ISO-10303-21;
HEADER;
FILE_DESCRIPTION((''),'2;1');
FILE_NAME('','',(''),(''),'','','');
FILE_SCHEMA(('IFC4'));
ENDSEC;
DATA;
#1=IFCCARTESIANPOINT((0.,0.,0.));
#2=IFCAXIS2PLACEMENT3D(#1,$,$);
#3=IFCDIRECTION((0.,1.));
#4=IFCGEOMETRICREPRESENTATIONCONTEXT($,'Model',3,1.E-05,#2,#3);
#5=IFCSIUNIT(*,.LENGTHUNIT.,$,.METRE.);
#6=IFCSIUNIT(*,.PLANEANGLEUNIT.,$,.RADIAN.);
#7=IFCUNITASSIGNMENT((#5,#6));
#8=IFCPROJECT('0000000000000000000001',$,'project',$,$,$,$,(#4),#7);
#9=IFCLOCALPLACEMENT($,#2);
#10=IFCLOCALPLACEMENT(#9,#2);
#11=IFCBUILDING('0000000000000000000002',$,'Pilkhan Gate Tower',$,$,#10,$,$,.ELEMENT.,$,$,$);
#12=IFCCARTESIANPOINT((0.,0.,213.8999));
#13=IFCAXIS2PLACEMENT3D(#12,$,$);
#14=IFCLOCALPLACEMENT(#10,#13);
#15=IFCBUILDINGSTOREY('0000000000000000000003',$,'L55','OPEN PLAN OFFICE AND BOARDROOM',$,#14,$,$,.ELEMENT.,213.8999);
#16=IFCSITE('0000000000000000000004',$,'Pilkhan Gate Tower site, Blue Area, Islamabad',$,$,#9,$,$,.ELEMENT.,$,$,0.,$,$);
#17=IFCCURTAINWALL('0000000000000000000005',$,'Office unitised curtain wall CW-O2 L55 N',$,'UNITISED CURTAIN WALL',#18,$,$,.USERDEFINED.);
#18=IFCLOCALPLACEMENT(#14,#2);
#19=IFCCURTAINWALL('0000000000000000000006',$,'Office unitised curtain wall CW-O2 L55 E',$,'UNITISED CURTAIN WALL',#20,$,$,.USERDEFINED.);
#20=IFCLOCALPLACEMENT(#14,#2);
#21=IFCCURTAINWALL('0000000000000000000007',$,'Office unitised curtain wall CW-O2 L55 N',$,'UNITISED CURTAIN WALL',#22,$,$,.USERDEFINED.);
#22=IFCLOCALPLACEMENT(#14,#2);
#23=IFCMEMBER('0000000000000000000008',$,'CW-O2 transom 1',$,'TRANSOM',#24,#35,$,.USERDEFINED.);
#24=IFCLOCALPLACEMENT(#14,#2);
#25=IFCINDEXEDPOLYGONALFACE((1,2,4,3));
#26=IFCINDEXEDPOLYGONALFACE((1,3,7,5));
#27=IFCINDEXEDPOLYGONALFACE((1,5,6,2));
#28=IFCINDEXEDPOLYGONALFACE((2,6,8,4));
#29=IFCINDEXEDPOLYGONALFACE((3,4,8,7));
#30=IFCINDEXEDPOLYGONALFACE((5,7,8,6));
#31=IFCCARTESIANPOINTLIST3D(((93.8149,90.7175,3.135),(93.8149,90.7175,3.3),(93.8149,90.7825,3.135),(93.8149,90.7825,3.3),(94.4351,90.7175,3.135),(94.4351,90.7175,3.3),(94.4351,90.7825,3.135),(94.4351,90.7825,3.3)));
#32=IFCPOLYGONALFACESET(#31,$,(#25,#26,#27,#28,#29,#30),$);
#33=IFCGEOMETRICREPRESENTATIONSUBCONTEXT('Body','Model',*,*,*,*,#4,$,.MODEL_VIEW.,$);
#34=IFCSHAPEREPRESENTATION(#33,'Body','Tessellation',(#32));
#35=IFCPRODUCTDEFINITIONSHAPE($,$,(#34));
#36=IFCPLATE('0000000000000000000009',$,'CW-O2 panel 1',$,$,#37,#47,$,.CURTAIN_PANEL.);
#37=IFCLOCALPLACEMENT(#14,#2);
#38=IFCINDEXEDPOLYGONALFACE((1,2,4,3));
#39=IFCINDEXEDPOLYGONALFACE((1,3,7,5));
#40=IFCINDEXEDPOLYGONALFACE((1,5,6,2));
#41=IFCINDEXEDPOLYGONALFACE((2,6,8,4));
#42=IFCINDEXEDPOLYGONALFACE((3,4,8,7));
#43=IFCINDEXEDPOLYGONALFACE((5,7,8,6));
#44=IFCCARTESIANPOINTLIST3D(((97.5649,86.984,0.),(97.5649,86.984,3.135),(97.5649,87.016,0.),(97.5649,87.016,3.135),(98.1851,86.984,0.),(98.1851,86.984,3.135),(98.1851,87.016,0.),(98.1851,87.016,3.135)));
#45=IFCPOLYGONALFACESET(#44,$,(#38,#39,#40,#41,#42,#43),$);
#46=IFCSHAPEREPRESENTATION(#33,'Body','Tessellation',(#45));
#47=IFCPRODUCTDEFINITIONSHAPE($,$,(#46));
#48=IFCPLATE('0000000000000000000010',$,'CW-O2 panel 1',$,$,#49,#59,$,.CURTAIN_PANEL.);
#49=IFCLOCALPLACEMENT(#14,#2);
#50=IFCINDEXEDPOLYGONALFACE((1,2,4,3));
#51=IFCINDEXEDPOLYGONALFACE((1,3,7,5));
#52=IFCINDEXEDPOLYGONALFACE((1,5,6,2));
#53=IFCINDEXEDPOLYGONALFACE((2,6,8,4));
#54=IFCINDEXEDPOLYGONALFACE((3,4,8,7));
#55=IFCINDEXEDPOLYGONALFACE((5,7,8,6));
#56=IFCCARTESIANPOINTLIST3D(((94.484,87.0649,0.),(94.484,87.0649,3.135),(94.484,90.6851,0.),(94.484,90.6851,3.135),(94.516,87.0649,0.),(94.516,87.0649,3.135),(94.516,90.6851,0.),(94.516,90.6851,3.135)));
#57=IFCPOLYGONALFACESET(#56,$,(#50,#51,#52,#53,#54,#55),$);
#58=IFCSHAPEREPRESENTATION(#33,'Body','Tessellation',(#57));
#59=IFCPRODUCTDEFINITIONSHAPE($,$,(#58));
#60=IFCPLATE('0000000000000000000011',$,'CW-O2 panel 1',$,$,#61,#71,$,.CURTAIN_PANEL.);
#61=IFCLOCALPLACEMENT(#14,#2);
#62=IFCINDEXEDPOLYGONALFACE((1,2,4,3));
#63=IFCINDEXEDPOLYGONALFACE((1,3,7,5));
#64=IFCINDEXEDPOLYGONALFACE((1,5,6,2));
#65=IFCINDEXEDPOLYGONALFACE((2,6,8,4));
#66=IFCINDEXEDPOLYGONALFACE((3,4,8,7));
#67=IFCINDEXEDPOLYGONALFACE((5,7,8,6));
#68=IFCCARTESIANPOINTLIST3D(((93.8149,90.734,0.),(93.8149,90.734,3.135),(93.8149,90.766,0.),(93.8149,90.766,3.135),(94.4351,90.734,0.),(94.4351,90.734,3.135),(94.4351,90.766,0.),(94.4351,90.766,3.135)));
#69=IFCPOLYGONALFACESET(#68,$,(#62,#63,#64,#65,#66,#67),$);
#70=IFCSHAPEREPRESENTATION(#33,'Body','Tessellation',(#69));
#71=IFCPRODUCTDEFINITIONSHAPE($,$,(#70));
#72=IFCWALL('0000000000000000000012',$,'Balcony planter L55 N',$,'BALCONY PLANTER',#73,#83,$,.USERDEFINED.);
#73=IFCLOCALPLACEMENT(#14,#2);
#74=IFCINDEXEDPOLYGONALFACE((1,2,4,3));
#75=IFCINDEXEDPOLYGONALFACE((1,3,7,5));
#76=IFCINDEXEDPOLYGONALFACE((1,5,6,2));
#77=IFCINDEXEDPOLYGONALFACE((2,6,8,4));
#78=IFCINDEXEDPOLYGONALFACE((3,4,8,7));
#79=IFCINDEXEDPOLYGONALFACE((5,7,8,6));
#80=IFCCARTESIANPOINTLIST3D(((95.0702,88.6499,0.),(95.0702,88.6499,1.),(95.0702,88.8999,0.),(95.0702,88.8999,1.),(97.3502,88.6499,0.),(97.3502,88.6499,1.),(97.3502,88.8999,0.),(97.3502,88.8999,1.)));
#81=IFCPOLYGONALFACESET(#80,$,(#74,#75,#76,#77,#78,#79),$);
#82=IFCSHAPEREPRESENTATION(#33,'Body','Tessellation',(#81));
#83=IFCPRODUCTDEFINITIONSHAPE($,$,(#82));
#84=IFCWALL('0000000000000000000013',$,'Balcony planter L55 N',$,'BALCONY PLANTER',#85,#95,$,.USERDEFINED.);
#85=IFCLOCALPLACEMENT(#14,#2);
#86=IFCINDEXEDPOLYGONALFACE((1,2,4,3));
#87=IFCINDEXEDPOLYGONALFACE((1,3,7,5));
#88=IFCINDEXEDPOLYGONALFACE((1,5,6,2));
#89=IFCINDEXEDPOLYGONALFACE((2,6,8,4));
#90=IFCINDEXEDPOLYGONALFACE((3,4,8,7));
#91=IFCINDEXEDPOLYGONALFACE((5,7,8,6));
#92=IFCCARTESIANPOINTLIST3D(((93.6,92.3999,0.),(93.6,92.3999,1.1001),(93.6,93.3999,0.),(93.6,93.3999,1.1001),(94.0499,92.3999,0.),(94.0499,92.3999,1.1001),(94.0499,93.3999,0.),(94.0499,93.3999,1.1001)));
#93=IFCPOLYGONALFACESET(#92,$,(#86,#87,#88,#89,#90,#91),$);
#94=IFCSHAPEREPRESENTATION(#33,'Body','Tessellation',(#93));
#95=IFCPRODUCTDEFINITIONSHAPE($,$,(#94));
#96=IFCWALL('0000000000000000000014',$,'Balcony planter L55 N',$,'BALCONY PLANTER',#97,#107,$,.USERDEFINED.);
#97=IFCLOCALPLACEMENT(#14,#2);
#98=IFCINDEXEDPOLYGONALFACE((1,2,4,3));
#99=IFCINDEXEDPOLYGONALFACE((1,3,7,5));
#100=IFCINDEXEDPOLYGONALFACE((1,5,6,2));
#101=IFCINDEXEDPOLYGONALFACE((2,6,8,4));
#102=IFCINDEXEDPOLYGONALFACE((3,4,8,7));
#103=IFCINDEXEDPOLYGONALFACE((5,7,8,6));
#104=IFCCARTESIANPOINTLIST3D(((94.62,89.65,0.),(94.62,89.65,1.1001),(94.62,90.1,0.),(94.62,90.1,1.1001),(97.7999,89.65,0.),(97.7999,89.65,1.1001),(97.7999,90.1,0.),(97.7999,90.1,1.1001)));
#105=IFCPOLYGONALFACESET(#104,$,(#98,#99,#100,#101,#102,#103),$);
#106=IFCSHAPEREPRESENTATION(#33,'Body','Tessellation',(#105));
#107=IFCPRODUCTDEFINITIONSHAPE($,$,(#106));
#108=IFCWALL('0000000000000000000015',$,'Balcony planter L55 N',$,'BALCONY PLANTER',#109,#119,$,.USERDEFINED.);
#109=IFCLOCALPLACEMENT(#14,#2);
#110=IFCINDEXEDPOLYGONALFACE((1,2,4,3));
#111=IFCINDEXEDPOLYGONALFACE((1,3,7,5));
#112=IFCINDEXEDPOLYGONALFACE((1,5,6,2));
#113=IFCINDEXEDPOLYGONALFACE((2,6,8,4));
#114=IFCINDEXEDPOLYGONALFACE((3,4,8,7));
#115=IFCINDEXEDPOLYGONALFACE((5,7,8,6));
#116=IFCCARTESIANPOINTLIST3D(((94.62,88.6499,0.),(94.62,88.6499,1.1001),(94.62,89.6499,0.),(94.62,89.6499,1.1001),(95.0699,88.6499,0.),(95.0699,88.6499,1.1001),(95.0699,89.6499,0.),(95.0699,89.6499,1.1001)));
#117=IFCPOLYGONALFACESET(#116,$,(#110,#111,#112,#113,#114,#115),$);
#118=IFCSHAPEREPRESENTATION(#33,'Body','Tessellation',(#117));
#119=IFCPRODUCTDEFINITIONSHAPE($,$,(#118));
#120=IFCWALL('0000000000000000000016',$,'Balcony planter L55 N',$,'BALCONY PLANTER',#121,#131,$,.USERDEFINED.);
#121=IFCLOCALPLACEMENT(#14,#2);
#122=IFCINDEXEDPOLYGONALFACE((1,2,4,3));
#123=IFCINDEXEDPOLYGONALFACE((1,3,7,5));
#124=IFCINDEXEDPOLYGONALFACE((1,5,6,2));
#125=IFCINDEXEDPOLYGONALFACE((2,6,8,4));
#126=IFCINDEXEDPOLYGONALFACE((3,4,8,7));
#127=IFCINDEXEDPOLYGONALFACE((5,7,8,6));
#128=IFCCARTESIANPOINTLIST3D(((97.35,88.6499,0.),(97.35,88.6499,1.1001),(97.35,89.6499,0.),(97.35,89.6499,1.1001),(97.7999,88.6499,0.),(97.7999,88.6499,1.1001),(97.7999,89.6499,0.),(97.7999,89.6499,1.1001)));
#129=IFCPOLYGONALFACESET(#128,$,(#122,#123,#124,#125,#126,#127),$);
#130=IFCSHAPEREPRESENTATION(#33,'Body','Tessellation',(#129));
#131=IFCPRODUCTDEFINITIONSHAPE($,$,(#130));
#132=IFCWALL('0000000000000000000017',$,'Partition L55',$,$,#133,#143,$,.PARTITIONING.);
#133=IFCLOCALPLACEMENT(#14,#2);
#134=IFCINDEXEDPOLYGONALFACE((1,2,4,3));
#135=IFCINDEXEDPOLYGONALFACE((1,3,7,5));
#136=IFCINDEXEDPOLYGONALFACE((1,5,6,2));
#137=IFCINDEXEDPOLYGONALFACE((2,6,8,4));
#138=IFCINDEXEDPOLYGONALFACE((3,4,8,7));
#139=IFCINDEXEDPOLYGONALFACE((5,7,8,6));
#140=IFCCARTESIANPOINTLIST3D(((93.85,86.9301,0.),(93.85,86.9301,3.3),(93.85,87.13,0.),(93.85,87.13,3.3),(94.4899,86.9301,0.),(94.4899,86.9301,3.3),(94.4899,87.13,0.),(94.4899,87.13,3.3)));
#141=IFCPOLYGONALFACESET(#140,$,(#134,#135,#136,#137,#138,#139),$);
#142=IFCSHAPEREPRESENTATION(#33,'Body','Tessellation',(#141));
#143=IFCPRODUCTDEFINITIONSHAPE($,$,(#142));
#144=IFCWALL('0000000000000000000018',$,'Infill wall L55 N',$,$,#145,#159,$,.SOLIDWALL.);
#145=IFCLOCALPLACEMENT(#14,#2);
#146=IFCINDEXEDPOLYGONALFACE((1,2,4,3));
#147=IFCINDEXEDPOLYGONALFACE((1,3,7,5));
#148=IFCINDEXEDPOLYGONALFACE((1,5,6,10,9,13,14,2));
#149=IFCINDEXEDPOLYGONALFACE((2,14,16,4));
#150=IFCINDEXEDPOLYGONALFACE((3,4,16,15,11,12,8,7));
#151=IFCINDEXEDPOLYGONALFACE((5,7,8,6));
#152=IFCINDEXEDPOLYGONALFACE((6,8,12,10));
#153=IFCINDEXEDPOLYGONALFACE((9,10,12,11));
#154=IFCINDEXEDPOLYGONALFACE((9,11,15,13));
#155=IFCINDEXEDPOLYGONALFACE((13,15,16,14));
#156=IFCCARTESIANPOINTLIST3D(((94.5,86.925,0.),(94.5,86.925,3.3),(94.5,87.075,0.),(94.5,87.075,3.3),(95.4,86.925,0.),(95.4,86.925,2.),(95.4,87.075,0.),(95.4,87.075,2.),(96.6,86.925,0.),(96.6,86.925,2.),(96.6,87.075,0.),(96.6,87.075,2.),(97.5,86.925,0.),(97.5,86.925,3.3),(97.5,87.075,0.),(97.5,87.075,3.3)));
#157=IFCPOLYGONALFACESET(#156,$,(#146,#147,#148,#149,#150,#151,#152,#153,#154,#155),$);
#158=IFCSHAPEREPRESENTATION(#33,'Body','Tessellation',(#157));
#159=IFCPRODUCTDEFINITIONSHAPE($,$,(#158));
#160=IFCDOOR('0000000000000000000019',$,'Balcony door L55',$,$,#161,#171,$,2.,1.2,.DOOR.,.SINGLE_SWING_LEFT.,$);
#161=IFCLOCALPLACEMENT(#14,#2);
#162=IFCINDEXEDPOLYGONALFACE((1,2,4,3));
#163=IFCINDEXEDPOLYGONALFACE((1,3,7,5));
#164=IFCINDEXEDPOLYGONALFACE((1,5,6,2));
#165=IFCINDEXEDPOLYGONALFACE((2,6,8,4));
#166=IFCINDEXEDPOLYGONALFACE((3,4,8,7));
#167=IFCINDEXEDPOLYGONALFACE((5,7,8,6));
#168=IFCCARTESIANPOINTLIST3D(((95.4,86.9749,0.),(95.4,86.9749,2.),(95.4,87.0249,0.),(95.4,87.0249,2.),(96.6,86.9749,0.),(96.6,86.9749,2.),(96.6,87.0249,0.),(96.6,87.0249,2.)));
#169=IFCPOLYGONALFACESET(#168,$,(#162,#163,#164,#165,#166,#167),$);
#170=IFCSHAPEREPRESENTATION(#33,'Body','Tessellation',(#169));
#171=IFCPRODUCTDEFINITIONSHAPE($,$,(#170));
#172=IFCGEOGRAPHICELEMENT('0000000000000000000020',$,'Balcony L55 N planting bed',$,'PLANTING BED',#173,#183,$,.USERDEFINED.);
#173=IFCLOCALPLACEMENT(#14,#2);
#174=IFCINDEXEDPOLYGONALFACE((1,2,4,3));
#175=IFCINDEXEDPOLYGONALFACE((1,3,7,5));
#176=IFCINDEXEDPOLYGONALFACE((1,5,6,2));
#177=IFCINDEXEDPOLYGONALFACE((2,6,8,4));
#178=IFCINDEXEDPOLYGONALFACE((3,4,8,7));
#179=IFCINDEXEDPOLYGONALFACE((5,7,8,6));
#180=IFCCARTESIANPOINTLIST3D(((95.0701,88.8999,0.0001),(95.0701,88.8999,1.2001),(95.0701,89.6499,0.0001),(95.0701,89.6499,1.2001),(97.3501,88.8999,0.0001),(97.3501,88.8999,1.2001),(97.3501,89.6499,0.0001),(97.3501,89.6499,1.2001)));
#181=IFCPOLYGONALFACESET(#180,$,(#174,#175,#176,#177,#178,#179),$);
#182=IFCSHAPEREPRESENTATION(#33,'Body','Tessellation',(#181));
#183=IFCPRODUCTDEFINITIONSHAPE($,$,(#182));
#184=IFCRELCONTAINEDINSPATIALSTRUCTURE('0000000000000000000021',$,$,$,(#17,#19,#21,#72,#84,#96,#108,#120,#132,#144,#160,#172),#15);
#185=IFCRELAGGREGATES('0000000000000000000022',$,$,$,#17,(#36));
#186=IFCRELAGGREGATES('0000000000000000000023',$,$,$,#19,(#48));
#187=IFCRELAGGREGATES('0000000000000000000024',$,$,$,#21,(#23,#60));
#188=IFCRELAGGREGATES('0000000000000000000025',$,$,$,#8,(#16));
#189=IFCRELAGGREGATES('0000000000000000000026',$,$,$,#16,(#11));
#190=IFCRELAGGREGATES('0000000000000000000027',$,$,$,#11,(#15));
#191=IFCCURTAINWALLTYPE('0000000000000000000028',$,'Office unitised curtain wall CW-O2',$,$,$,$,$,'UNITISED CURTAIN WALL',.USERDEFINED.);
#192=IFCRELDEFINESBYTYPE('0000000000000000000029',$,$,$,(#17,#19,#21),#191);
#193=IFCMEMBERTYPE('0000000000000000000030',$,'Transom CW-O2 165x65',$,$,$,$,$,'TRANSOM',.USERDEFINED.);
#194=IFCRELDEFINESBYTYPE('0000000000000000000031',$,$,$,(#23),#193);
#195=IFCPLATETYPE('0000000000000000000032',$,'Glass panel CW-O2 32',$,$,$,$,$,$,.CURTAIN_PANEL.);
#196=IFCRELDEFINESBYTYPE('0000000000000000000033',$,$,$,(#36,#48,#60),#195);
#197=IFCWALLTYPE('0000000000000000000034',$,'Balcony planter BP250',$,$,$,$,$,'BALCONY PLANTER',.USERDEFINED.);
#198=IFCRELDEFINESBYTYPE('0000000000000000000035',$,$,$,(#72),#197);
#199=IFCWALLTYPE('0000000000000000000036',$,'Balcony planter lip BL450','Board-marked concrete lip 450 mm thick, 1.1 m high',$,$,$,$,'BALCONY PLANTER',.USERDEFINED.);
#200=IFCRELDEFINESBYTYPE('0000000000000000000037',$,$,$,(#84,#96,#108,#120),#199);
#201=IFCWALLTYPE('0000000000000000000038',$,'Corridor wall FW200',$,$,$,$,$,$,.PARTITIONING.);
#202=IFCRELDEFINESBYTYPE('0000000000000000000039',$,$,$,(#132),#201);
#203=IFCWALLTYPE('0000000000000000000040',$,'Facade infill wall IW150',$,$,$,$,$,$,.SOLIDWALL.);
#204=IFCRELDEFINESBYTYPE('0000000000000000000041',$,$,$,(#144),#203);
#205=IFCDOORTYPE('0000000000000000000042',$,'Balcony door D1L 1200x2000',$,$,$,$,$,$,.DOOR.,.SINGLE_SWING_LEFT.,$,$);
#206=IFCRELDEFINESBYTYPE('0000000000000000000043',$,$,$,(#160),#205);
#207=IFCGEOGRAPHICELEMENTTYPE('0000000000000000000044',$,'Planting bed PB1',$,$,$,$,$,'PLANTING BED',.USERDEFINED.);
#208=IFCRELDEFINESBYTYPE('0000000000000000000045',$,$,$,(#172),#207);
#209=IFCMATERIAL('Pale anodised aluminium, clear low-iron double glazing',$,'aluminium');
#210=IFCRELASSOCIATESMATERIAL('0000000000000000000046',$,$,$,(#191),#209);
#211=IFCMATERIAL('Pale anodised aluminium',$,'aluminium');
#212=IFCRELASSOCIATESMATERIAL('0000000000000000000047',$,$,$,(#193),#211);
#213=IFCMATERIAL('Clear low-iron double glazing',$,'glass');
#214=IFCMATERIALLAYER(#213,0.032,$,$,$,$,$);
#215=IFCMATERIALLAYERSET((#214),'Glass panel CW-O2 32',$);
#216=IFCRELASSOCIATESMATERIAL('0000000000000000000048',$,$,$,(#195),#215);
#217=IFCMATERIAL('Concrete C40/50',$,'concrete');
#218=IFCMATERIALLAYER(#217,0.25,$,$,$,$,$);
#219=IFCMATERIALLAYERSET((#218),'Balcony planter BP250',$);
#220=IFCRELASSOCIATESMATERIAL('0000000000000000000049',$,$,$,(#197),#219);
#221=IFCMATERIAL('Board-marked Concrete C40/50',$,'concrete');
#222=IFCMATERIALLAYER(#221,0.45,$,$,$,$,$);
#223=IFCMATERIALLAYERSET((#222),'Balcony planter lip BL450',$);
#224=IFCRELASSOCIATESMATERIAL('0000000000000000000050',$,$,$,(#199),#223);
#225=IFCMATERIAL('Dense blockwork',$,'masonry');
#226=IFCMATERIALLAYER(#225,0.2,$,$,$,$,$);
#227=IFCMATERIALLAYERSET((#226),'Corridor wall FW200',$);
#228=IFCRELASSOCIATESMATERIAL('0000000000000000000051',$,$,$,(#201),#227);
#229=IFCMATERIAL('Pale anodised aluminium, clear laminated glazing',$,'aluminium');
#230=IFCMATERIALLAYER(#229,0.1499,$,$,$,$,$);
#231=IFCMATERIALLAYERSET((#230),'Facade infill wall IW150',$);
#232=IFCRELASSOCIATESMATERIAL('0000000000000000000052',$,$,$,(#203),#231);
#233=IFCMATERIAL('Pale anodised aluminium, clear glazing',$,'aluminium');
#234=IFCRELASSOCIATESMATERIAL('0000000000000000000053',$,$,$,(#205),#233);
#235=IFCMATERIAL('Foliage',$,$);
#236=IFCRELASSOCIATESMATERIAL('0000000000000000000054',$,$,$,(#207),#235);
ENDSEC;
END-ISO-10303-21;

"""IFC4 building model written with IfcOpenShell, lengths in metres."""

from ifc_helpers import new_model, si_unit, direction, frame, frame_2d, origin, origin_2d, place, context, subcontext, project, spatial, rectangle, extrude, material, layer, layer_set, material_profile, profile_set, type_object, element, fill, aggregate, save


model = new_model("IFC4")

# Units and contexts
model_context = context("Model", 3, precision=1e-05, world=origin(), true_north=direction((0.0, 1.0)))
body_context = subcontext(model_context, "Body", "Model", "MODEL_VIEW")
ifc_project = project(units=[si_unit("LENGTHUNIT", "METRE"), si_unit("PLANEANGLEUNIT", "RADIAN")], contexts=[model_context])

# Site, building, storey
site_placement = place(None, origin())
site = spatial("IfcSite", under=ifc_project, at=site_placement, Name="Pilkhan Gate Tower site, Blue Area, Islamabad", CompositionType="ELEMENT", RefElevation=0.0)
building_placement = place(site_placement, origin())
building = spatial("IfcBuilding", under=site, at=building_placement, Name="Pilkhan Gate Tower", CompositionType="ELEMENT")
storey_placement = place(building_placement, frame((0.0, 0.0, 213.8999)))
storey = spatial("IfcBuildingStorey", under=building, at=storey_placement, Name="L55", Description="OPEN PLAN OFFICE AND BOARDROOM", CompositionType="ELEMENT", Elevation=213.8999)

# Shared definitions
ifc_material_1 = material(Name="Pale anodised aluminium, clear low-iron double glazing", Category="aluminium")
curtain_wall_type = type_object("IfcCurtainWallType", Name="Office unitised curtain wall CW-O2", ElementType="UNITISED CURTAIN WALL", PredefinedType="USERDEFINED", material=ifc_material_1)
ifc_material_2 = material(Name="Pale anodised aluminium", Category="aluminium")

# Curtain walls
curtain_wall_1_placement = place(storey_placement, origin())
curtain_wall_1 = element("IfcCurtainWall", 1, at=curtain_wall_1_placement, inside=storey, type_object=curtain_wall_type, Name="Office unitised curtain wall CW-O2 L55 N", ObjectType="UNITISED CURTAIN WALL", PredefinedType="USERDEFINED")
curtain_wall_2_placement = place(storey_placement, origin())
curtain_wall_2 = element("IfcCurtainWall", 2, at=curtain_wall_2_placement, inside=storey, type_object=curtain_wall_type, Name="Office unitised curtain wall CW-O2 L55 E", ObjectType="UNITISED CURTAIN WALL", PredefinedType="USERDEFINED")
curtain_wall_3_placement = place(storey_placement, origin())
curtain_wall_3 = element("IfcCurtainWall", 3, at=curtain_wall_3_placement, inside=storey, type_object=curtain_wall_type, Name="Office unitised curtain wall CW-O2 L55 N", ObjectType="UNITISED CURTAIN WALL", PredefinedType="USERDEFINED")

# Member
ifc_material_profile_1 = material_profile(ifc_material_2, rectangle(XDim=0.0649, YDim=0.165, at=origin_2d()), Name="Transom 165x65")
ifc_profile_set_1 = profile_set([ifc_material_profile_1], Name="Pale anodised aluminium")
member_type_1 = type_object("IfcMemberType", Name="Transom CW-O2 165x65", ElementType="TRANSOM", PredefinedType="USERDEFINED", material=ifc_profile_set_1)
member_1_placement = place(storey_placement, frame((93.8149, 90.75, 3.2175), z_axis=(1.0, 0.0, 0.0), x_axis=(0.0, 1.0, 0.0)))
member_1 = element("IfcMember", 4, at=member_1_placement, type_object=member_type_1, Name="CW-O2 transom 1", ObjectType="TRANSOM", PredefinedType="USERDEFINED", context=body_context, shape_type="SweptSolid", body=[
    extrude(rectangle(XDim=0.0649, YDim=0.165, at=origin_2d()), origin(), (0.0, 0.0, 1.0), 0.6201),
])

# Plates
ifc_material_3 = material(Name="Clear low-iron double glazing", Category="glass")
ifc_layer_1 = layer(ifc_material_3, 0.032)
ifc_layer_set_1 = layer_set([ifc_layer_1], Name="Glass panel CW-O2 32")
plate_type = type_object("IfcPlateType", Name="Glass panel CW-O2 32", PredefinedType="CURTAIN_PANEL", material=ifc_layer_set_1)
plate_1_placement = place(storey_placement, frame((97.875, 87.0, 0.0), z_axis=(0.0, 0.0, 1.0), x_axis=(1.0, 0.0, 0.0)))
plate_1 = element("IfcPlate", 5, at=plate_1_placement, type_object=plate_type, Name="CW-O2 panel 1", PredefinedType="CURTAIN_PANEL", context=body_context, shape_type="SweptSolid", body=[
    extrude(rectangle(XDim=0.6201, YDim=0.032, at=origin_2d()), origin(), (0.0, 0.0, 1.0), 3.135),
])
aggregate(curtain_wall_1, [plate_1])
plate_2_placement = place(storey_placement, frame((94.5, 88.875, 0.0), z_axis=(0.0, 0.0, 1.0), x_axis=(0.0, 1.0, 0.0)))
plate_2 = element("IfcPlate", 6, at=plate_2_placement, type_object=plate_type, Name="CW-O2 panel 1", PredefinedType="CURTAIN_PANEL", context=body_context, shape_type="SweptSolid", body=[
    extrude(rectangle(XDim=3.6201, YDim=0.032, at=origin_2d()), origin(), (0.0, 0.0, 1.0), 3.135),
])
aggregate(curtain_wall_2, [plate_2])
plate_3_placement = place(storey_placement, frame((94.125, 90.75, 0.0), z_axis=(0.0, 0.0, 1.0), x_axis=(1.0, 0.0, 0.0)))
plate_3 = element("IfcPlate", 7, at=plate_3_placement, type_object=plate_type, Name="CW-O2 panel 1", PredefinedType="CURTAIN_PANEL", context=body_context, shape_type="SweptSolid", body=[
    extrude(rectangle(XDim=0.6201, YDim=0.032, at=origin_2d()), origin(), (0.0, 0.0, 1.0), 3.135),
])
aggregate(curtain_wall_3, [member_1, plate_3])

# Walls
ifc_material_4 = material(Name="Concrete C40/50", Category="concrete")
ifc_layer_2 = layer(ifc_material_4, 0.25)
ifc_layer_set_2 = layer_set([ifc_layer_2], Name="Balcony planter BP250")
wall_type_1 = type_object("IfcWallType", Name="Balcony planter BP250", ElementType="BALCONY PLANTER", PredefinedType="USERDEFINED", material=ifc_layer_set_2)
wall_1_placement = place(storey_placement, frame((95.0701, 88.7749, 0.0), z_axis=(0.0, 0.0, 1.0), x_axis=(1.0, 0.0, 0.0)))
element("IfcWall", 8, at=wall_1_placement, inside=storey, type_object=wall_type_1, Name="Balcony planter L55 N", ObjectType="BALCONY PLANTER", PredefinedType="USERDEFINED", context=body_context, shape_type="SweptSolid", body=[
    extrude(rectangle(XDim=2.28, YDim=0.25, at=frame_2d((1.1401, 0.0))), origin(), (0.0, 0.0, 1.0), 1.0),
])
ifc_material_5 = material(Name="Board-marked Concrete C40/50", Category="concrete")
ifc_layer_3 = layer(ifc_material_5, 0.45)
ifc_layer_set_3 = layer_set([ifc_layer_3], Name="Balcony planter lip BL450")
wall_type_2 = type_object("IfcWallType", Name="Balcony planter lip BL450", Description="Board-marked concrete lip 450 mm thick, 1.1 m high", ElementType="BALCONY PLANTER", PredefinedType="USERDEFINED", material=ifc_layer_set_3)
wall_2_placement = place(storey_placement, frame((93.825, 92.3999, 0.0), z_axis=(0.0, 0.0, 1.0), x_axis=(0.0, 1.0, 0.0)))
element("IfcWall", 9, at=wall_2_placement, inside=storey, type_object=wall_type_2, Name="Balcony planter L55 N", ObjectType="BALCONY PLANTER", PredefinedType="USERDEFINED", context=body_context, shape_type="SweptSolid", body=[
    extrude(rectangle(XDim=1.0, YDim=0.45, at=frame_2d((0.5, 0.0))), origin(), (0.0, 0.0, 1.0), 1.1001),
])
wall_3_placement = place(storey_placement, frame((94.6201, 89.875, 0.0), z_axis=(0.0, 0.0, 1.0), x_axis=(1.0, 0.0, 0.0)))
element("IfcWall", 10, at=wall_3_placement, inside=storey, type_object=wall_type_2, Name="Balcony planter L55 N", ObjectType="BALCONY PLANTER", PredefinedType="USERDEFINED", context=body_context, shape_type="SweptSolid", body=[
    extrude(rectangle(XDim=3.1799, YDim=0.45, at=frame_2d((1.5898, 0.0))), origin(), (0.0, 0.0, 1.0), 1.1001),
])
for number, where, z_axis, x_axis, name in (
    (11, (94.845, 88.6499, 0.0), (0.0, 0.0, 1.0), (0.0, 1.0, 0.0), "Balcony planter L55 N"),
    (12, (97.575, 88.6499, 0.0), (0.0, 0.0, 1.0), (0.0, 1.0, 0.0), "Balcony planter L55 N"),
):
    element("IfcWall", number, at=place(storey_placement, frame(where, z_axis=z_axis, x_axis=x_axis)), inside=storey, type_object=wall_type_2, Name=name, ObjectType="BALCONY PLANTER", PredefinedType="USERDEFINED", context=body_context, shape_type="SweptSolid", body=[
        extrude(rectangle(XDim=1.0, YDim=0.45, at=frame_2d((0.5, 0.0))), origin(), (0.0, 0.0, 1.0), 1.1001),
    ])
ifc_material_6 = material(Name="Dense blockwork", Category="masonry")
ifc_layer_4 = layer(ifc_material_6, 0.2)
ifc_layer_set_4 = layer_set([ifc_layer_4], Name="Corridor wall FW200")
wall_type_3 = type_object("IfcWallType", Name="Corridor wall FW200", PredefinedType="PARTITIONING", material=ifc_layer_set_4)
wall_4_placement = place(storey_placement, frame((93.8501, 87.03, 0.0), z_axis=(0.0, 0.0, 1.0), x_axis=(1.0, 0.0, 0.0)))
element("IfcWall", 13, at=wall_4_placement, inside=storey, type_object=wall_type_3, Name="Partition L55", PredefinedType="PARTITIONING", context=body_context, shape_type="SweptSolid", body=[
    extrude(rectangle(XDim=0.6399, YDim=0.2, at=frame_2d((0.3198, 0.0))), origin(), (0.0, 0.0, 1.0), 3.3),
])

# Wall, opening, door
ifc_material_7 = material(Name="Pale anodised aluminium, clear laminated glazing", Category="aluminium")
ifc_layer_5 = layer(ifc_material_7, 0.1499)
ifc_layer_set_5 = layer_set([ifc_layer_5], Name="Facade infill wall IW150")
wall_type_4 = type_object("IfcWallType", Name="Facade infill wall IW150", PredefinedType="SOLIDWALL", material=ifc_layer_set_5)
wall_5_placement = place(storey_placement, frame((94.5, 87.0, 0.0), z_axis=(0.0, 0.0, 1.0), x_axis=(1.0, 0.0, 0.0)))
wall_5 = element("IfcWall", 14, at=wall_5_placement, inside=storey, type_object=wall_type_4, Name="Infill wall L55 N", PredefinedType="SOLIDWALL", context=body_context, shape_type="SweptSolid", body=[
    extrude(rectangle(XDim=3.0, YDim=0.1499, at=frame_2d((1.5, 0.0))), origin(), (0.0, 0.0, 1.0), 3.3),
])
opening_placement = place(wall_5_placement, frame((0.8999, 0.0, 0.0)))
opening = element("IfcOpeningElement", 15, at=opening_placement, cuts=wall_5, PredefinedType="OPENING", context=body_context, shape_type="SweptSolid", body=[
    extrude(rectangle(XDim=1.2, YDim=2.0, at=frame_2d((0.6001, 1.0))), frame((0.0, 0.085, 0.0), z_axis=(0.0, -1.0, 0.0), x_axis=(1.0, 0.0, 0.0)), (0.0, 0.0, 1.0), 0.1699),
])
ifc_material_8 = material(Name="Pale anodised aluminium, clear glazing", Category="aluminium")
door_type = type_object("IfcDoorType", Name="Balcony door D1L 1200x2000", OperationType="SINGLE_SWING_LEFT", PredefinedType="DOOR", material=ifc_material_8)
door_placement = place(opening_placement, origin())
door = element("IfcDoor", 16, at=door_placement, inside=storey, type_object=door_type, Name="Balcony door L55", OperationType="SINGLE_SWING_LEFT", OverallHeight=2.0, OverallWidth=1.2, PredefinedType="DOOR", context=body_context, shape_type="SweptSolid", body=[
    extrude(rectangle(XDim=1.2, YDim=2.0, at=frame_2d((0.6001, 1.0))), frame((0.0, 0.0249, 0.0), z_axis=(0.0, -1.0, 0.0), x_axis=(1.0, 0.0, 0.0)), (0.0, 0.0, 1.0), 0.05),
])
fill(opening, door)

# Geographic element
ifc_material_9 = material(Name="Foliage")
ifc_material_profile_2 = material_profile(ifc_material_9, rectangle(XDim=0.75, YDim=1.2, at=origin_2d()), Name="Bed 750x1200")
ifc_profile_set_2 = profile_set([ifc_material_profile_2], Name="Foliage")
geographic_element_type_1 = type_object("IfcGeographicElementType", Name="Planting bed PB1", ElementType="PLANTING BED", PredefinedType="USERDEFINED", material=ifc_profile_set_2)
geographic_element_placement = place(storey_placement, frame((95.0701, 89.2749, 0.6001), z_axis=(1.0, 0.0, 0.0), x_axis=(0.0, 1.0, 0.0)))
element("IfcGeographicElement", 17, at=geographic_element_placement, inside=storey, type_object=geographic_element_type_1, Name="Balcony L55 N planting bed", ObjectType="PLANTING BED", PredefinedType="USERDEFINED", context=body_context, shape_type="SweptSolid", body=[
    extrude(rectangle(XDim=0.75, YDim=1.2, at=origin_2d()), origin(), (0.0, 0.0, 1.0), 2.28),
])

save(model, "model.ifc")
